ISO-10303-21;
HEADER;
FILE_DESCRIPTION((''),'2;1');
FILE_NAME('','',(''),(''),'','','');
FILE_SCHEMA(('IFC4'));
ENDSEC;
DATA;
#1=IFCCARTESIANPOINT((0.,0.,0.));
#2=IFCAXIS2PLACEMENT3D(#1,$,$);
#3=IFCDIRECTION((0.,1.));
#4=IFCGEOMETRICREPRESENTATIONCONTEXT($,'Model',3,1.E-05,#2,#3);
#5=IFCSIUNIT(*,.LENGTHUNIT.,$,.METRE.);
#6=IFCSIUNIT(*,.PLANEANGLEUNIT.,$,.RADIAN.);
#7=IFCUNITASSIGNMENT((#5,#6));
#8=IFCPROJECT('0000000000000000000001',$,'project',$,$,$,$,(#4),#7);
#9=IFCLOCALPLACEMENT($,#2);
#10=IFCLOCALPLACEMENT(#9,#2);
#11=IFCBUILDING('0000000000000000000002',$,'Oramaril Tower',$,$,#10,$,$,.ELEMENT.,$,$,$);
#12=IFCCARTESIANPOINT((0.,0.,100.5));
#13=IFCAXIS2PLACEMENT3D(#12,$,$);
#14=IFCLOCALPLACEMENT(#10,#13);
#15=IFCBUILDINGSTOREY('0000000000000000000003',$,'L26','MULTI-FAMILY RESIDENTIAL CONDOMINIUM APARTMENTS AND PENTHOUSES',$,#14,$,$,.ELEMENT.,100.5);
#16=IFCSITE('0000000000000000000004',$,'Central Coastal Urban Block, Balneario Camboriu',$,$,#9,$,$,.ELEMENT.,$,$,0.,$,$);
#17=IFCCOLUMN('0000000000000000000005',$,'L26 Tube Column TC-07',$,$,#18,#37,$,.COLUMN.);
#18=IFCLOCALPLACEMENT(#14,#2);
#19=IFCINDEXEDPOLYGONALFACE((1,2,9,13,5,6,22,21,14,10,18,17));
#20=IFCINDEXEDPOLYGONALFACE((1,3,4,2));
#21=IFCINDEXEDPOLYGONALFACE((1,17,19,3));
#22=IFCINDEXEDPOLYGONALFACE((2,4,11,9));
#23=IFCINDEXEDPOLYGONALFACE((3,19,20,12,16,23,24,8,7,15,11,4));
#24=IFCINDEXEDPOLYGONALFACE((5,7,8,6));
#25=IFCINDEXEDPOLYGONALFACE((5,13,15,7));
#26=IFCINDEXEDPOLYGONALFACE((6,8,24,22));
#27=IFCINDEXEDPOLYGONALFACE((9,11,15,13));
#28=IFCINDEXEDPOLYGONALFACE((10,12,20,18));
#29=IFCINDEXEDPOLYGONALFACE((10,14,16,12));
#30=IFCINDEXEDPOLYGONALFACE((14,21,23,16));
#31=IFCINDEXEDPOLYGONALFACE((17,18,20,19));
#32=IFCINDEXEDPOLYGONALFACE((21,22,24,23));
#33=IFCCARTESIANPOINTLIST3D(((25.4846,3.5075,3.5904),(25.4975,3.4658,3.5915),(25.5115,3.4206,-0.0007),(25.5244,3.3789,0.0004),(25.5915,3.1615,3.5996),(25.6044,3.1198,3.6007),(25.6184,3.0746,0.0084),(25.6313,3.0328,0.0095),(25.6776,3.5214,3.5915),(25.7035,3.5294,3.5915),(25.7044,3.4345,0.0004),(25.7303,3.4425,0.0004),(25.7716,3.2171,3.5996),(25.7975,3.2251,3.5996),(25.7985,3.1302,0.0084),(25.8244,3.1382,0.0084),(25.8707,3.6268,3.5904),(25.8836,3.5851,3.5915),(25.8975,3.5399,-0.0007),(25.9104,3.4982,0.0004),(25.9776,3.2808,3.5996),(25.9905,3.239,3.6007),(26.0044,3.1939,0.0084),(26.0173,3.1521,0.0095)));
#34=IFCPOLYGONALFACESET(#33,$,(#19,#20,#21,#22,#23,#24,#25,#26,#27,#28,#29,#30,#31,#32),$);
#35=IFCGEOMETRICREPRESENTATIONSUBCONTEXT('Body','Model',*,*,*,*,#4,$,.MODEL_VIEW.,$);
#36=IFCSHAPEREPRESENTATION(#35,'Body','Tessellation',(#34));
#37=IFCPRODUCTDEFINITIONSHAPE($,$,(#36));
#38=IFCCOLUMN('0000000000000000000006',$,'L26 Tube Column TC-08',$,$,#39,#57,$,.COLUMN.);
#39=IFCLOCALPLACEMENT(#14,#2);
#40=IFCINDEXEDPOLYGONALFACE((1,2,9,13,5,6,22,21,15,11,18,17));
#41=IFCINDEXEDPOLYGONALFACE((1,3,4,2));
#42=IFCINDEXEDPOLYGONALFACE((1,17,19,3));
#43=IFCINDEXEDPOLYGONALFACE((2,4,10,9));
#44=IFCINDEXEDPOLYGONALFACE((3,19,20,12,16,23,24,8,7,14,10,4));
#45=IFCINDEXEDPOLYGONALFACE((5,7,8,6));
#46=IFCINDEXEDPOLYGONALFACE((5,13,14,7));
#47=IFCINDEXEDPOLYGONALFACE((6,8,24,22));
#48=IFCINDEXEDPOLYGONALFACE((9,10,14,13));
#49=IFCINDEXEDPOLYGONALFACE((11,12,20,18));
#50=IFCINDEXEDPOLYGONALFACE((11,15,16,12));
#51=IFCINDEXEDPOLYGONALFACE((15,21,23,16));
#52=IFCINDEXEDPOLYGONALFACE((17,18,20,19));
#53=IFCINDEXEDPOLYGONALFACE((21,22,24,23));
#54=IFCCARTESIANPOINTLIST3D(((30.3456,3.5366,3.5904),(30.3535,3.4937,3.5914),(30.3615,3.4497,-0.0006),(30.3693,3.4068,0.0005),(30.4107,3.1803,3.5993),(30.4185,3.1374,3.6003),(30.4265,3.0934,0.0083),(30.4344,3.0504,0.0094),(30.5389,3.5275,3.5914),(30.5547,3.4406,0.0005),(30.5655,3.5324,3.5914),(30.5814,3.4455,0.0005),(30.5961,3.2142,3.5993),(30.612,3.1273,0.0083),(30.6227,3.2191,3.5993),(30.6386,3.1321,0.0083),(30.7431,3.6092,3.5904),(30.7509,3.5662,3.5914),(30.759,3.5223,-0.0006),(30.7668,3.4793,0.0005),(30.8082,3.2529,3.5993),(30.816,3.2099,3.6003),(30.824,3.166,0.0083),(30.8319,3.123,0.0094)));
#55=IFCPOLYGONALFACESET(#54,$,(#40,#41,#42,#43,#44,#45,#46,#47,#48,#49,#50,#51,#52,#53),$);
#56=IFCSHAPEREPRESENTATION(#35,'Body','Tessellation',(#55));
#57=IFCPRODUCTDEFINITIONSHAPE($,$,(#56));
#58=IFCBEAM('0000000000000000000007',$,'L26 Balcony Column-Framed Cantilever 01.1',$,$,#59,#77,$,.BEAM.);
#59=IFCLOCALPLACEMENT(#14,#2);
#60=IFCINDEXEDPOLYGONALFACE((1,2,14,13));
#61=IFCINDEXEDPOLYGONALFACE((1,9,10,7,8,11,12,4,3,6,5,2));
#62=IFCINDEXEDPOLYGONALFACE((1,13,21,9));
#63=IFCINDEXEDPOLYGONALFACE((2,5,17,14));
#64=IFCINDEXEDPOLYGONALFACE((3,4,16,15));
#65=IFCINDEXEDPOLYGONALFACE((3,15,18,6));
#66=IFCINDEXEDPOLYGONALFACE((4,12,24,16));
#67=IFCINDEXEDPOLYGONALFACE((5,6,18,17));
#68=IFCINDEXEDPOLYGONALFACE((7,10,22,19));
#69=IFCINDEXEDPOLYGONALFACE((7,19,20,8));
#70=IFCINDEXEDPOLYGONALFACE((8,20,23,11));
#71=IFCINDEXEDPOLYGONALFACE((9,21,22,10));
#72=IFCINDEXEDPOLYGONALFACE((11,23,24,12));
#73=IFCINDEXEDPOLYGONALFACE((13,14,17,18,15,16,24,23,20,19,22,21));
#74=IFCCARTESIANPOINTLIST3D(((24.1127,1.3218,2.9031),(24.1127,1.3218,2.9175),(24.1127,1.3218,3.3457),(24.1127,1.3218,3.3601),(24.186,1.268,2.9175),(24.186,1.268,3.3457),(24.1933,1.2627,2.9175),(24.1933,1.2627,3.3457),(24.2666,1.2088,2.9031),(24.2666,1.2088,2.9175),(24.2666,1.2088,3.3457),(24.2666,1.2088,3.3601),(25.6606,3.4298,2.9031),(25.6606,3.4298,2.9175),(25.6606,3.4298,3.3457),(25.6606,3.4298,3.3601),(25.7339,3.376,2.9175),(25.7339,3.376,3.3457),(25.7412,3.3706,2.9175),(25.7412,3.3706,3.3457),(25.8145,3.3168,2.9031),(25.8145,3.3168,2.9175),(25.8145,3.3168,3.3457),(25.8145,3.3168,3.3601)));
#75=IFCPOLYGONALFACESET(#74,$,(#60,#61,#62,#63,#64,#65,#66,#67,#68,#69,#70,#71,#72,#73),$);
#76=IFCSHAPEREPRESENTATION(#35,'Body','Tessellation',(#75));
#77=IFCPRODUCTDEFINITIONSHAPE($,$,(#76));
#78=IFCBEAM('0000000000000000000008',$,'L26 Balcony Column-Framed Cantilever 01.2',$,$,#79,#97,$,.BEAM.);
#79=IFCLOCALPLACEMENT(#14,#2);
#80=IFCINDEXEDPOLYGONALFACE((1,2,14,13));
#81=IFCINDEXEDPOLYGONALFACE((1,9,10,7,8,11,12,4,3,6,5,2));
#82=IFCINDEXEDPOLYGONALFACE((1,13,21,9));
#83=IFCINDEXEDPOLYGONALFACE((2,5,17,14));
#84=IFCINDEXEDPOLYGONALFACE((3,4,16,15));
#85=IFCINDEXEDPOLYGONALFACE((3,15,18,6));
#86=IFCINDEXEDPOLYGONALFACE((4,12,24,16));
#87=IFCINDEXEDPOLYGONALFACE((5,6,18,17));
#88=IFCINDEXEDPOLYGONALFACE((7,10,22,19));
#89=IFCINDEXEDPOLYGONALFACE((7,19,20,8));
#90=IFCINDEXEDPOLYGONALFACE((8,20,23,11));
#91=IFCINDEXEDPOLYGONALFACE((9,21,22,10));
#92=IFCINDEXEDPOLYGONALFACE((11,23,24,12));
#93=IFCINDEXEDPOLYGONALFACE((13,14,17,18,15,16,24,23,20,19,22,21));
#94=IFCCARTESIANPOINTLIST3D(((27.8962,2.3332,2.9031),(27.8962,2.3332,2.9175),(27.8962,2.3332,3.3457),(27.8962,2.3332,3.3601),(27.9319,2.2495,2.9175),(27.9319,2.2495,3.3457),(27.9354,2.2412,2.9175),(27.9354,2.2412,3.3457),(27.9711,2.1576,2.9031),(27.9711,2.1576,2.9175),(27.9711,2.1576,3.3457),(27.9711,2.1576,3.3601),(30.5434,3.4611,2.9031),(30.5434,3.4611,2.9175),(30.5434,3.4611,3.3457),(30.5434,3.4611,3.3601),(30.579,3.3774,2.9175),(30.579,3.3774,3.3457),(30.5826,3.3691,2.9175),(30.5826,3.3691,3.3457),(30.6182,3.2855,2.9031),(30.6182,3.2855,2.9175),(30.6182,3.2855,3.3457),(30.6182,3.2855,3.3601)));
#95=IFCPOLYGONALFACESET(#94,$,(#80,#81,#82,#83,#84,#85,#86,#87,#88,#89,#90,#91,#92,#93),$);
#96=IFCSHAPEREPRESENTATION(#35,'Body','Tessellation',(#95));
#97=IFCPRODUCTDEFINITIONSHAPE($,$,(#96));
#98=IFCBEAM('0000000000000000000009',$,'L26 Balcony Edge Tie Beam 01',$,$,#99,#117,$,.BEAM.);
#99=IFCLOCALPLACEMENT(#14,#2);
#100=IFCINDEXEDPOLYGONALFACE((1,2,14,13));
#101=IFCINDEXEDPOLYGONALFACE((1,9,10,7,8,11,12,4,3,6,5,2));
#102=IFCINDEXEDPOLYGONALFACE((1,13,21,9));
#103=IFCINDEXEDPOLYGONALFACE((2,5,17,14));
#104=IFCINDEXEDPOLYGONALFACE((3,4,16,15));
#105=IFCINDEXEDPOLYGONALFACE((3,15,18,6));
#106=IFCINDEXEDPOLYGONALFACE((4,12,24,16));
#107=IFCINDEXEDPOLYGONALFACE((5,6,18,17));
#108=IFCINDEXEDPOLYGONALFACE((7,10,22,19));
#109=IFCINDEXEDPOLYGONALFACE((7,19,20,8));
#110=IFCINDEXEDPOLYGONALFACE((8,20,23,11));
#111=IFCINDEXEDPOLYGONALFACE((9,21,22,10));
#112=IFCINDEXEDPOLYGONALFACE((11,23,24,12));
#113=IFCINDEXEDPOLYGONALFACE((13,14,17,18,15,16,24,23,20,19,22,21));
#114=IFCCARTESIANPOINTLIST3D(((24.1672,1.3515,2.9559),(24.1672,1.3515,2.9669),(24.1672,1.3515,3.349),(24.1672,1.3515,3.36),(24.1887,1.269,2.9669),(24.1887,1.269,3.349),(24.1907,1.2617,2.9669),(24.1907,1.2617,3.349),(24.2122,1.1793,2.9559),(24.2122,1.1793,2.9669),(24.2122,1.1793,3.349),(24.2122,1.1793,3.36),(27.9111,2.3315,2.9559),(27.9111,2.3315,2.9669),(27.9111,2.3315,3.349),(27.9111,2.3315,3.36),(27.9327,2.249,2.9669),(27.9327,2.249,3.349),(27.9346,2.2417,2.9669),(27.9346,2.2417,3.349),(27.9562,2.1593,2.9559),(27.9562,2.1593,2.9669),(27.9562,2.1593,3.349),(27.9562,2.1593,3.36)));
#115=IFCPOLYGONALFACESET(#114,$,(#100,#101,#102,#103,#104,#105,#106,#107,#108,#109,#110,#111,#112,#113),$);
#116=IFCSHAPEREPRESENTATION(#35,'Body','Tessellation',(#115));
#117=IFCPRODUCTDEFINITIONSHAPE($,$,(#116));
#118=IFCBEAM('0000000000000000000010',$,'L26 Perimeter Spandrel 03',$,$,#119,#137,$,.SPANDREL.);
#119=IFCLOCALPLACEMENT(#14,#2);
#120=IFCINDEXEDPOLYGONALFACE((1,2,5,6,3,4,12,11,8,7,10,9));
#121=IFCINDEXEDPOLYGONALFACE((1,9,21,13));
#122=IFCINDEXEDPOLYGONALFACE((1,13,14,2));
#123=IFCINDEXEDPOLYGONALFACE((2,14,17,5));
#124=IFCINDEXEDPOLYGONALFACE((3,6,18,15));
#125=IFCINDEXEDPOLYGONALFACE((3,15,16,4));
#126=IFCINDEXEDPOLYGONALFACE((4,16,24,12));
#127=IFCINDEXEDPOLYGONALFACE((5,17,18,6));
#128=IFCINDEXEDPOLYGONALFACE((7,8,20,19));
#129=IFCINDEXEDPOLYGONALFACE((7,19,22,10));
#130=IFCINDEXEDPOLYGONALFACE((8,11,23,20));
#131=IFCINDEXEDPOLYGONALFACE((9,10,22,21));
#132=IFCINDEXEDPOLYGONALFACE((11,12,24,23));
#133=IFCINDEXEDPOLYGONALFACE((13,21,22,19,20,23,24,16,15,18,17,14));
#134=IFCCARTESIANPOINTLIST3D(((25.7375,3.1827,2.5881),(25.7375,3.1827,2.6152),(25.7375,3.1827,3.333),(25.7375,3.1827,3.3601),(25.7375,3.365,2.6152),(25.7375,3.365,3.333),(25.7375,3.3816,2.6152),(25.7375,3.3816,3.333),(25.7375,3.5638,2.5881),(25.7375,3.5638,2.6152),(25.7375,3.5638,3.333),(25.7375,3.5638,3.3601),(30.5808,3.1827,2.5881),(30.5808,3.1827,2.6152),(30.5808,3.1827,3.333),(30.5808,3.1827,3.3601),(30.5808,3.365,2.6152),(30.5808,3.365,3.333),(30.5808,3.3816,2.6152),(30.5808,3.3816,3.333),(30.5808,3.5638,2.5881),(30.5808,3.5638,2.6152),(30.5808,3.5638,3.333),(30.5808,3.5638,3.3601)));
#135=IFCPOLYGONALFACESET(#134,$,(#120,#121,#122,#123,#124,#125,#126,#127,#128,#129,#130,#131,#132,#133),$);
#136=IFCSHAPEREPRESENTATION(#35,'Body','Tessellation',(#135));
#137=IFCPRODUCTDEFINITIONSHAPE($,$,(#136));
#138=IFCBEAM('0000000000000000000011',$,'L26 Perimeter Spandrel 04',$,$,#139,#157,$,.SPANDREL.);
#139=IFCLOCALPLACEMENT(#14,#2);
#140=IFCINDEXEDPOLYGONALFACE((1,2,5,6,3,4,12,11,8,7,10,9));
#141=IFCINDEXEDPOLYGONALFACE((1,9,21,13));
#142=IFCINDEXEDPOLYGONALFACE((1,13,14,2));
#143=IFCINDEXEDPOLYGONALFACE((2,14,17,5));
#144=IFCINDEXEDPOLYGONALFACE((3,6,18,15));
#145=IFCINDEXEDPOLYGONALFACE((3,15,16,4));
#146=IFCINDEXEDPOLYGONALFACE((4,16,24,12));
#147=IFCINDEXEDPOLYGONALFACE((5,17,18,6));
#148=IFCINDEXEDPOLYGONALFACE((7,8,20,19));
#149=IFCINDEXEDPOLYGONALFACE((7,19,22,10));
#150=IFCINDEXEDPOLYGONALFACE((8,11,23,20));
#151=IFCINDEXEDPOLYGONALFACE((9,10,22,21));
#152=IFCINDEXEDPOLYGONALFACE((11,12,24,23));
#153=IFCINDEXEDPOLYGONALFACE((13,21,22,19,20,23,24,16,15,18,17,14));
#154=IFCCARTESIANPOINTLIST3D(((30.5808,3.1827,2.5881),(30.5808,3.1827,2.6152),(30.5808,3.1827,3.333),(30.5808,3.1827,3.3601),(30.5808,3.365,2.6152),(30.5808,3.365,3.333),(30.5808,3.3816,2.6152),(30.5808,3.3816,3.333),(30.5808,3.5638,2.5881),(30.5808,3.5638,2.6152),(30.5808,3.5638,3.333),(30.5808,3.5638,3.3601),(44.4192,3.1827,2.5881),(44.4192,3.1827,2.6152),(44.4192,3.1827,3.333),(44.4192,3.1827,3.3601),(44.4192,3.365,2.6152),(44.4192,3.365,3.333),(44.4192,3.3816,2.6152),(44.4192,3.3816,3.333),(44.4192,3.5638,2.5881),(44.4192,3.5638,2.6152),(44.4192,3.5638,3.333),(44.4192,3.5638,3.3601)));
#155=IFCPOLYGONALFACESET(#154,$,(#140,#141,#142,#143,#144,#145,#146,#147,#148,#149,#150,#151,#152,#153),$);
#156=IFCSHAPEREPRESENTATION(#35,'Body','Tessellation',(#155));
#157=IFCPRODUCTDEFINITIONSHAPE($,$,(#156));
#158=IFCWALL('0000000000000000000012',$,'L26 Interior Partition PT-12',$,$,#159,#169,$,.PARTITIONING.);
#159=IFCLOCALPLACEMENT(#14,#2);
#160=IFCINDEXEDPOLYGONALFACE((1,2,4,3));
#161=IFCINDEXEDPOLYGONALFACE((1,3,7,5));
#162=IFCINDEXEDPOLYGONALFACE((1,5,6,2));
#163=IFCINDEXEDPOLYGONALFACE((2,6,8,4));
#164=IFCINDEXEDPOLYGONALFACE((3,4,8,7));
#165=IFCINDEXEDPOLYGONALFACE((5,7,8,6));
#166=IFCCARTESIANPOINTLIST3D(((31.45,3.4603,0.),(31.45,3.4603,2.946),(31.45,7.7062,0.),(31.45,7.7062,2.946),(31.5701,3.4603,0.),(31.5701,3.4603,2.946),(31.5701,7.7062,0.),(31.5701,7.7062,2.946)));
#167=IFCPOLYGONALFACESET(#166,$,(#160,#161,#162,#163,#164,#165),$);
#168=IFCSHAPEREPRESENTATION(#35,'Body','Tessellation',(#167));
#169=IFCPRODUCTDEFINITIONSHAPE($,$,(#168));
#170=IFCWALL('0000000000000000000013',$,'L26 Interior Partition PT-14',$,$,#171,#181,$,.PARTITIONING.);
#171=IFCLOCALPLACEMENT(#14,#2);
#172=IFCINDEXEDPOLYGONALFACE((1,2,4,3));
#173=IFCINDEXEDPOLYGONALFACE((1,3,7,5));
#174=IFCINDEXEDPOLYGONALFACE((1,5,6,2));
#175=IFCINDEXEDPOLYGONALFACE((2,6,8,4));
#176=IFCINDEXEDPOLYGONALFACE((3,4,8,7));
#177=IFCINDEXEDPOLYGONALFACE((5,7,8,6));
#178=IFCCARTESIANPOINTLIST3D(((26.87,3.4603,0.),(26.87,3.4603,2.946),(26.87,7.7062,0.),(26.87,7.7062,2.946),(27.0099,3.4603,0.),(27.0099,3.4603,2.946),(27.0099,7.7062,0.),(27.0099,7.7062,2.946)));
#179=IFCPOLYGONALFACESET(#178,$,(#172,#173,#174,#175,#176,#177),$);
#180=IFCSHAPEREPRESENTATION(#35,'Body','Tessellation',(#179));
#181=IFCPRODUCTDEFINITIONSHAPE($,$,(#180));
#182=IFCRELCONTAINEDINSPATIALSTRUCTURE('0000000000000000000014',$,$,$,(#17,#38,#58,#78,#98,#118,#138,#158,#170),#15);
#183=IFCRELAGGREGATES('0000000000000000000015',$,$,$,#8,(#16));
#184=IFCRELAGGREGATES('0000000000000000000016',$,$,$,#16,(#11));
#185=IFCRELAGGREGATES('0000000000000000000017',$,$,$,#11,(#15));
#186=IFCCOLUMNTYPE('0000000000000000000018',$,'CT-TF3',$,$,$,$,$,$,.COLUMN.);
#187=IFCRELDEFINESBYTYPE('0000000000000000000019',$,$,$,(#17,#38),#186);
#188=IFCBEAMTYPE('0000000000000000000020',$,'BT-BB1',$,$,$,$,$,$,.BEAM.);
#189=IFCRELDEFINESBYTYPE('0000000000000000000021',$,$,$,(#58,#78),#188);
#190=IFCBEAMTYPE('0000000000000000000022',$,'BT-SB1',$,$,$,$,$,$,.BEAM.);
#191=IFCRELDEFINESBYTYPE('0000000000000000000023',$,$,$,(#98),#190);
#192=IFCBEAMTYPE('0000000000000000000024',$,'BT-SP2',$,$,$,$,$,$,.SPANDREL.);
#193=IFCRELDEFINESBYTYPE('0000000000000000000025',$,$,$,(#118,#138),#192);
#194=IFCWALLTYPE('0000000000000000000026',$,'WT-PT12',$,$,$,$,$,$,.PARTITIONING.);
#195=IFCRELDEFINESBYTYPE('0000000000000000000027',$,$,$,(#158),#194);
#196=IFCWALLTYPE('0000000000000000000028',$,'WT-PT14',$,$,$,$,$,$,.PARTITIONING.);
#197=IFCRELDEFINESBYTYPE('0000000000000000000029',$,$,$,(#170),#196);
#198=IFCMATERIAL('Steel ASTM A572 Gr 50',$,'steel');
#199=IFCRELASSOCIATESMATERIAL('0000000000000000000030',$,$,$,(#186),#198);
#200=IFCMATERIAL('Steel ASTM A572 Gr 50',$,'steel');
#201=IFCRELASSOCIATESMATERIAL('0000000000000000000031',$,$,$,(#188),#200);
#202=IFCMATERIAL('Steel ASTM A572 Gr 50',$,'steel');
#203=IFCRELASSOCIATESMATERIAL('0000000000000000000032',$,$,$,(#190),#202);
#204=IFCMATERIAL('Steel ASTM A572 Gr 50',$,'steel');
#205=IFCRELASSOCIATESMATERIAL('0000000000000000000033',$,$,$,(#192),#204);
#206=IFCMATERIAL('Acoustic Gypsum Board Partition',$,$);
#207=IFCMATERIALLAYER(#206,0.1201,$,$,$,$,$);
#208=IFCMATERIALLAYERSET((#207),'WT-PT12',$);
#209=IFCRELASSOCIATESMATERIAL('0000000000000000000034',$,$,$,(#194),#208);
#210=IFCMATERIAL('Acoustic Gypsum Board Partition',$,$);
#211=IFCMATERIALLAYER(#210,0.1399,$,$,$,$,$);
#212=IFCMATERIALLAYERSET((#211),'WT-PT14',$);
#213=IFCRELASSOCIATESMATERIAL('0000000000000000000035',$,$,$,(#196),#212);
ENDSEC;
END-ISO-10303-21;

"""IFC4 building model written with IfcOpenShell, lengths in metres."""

from ifc_helpers import new_model, si_unit, direction, frame, frame_2d, origin, origin_2d, place, context, subcontext, project, spatial, rectangle, i_section, extrude, material, layer, layer_set, material_profile, profile_set, type_object, element, save


model = new_model("IFC4")

# Units and contexts
model_context = context("Model", 3, precision=1e-05, world=origin(), true_north=direction((0.0, 1.0)))
body_context = subcontext(model_context, "Body", "Model", "MODEL_VIEW")
ifc_project = project(units=[si_unit("LENGTHUNIT", "METRE"), si_unit("PLANEANGLEUNIT", "RADIAN")], contexts=[model_context])

# Site, building, storey
site_placement = place(None, origin())
site = spatial("IfcSite", under=ifc_project, at=site_placement, Name="Central Coastal Urban Block, Balneario Camboriu", CompositionType="ELEMENT", RefElevation=0.0)
building_placement = place(site_placement, origin())
building = spatial("IfcBuilding", under=site, at=building_placement, Name="Oramaril Tower", CompositionType="ELEMENT")
storey_placement = place(building_placement, frame((0.0, 0.0, 100.5)))
storey = spatial("IfcBuildingStorey", under=building, at=storey_placement, Name="L26", Description="MULTI-FAMILY RESIDENTIAL CONDOMINIUM APARTMENTS AND PENTHOUSES", CompositionType="ELEMENT", Elevation=100.5)

# Columns
ifc_material_1 = material(Name="Steel ASTM A572 Gr 50", Category="steel")
ifc_material_profile_1 = material_profile(ifc_material_1, i_section(OverallWidth=0.4041, OverallDepth=0.406, WebThickness=0.0271, FlangeThickness=0.0437, at=origin_2d()), Name="W14X233")
ifc_profile_set_1 = profile_set([ifc_material_profile_1], Name="Steel ASTM A572 Gr 50")
column_type = type_object("IfcColumnType", Name="CT-TF3", PredefinedType="COLUMN", material=ifc_profile_set_1)
column_1_placement = place(storey_placement, frame((25.7644, 3.2864, 0.0044), z_axis=(-0.007476, 0.024195, 0.999679), x_axis=(-0.95543, -0.295217, 0.0)))
element("IfcColumn", 1, at=column_1_placement, inside=storey, type_object=column_type, Name="L26 Tube Column TC-07", PredefinedType="COLUMN", context=body_context, shape_type="SweptSolid", body=[
    extrude(i_section(OverallWidth=0.4041, OverallDepth=0.406, WebThickness=0.0271, FlangeThickness=0.0437, at=origin_2d()), origin(), (0.0, 0.0, 1.0), 3.5923),
])
column_2_placement = place(storey_placement, frame((30.5967, 3.2864, 0.0044), z_axis=(-0.004418, 0.024196, 0.999697), x_axis=(-0.983737, -0.179615, 0.0)))
element("IfcColumn", 2, at=column_2_placement, inside=storey, type_object=column_type, Name="L26 Tube Column TC-08", PredefinedType="COLUMN", context=body_context, shape_type="SweptSolid", body=[
    extrude(i_section(OverallWidth=0.4041, OverallDepth=0.406, WebThickness=0.0271, FlangeThickness=0.0437, at=origin_2d()), origin(), (0.0, 0.0, 1.0), 3.592),
])

# Beams
ifc_material_2 = material(Name="Steel ASTM A572 Gr 50", Category="steel")
ifc_material_profile_2 = material_profile(ifc_material_2, i_section(OverallWidth=0.1909, OverallDepth=0.457, WebThickness=0.009, FlangeThickness=0.0144, at=origin_2d()), Name="W18X50")
ifc_profile_set_2 = profile_set([ifc_material_profile_2], Name="Steel ASTM A572 Gr 50")
beam_type_1 = type_object("IfcBeamType", Name="BT-BB1", PredefinedType="BEAM", material=ifc_profile_set_2)
beam_1_placement = place(storey_placement, frame((25.7375, 3.3733, 3.1316), z_axis=(-0.591873, -0.806031, 0.0), x_axis=(0.806031, -0.591873, 0.0)))
element("IfcBeam", 3, at=beam_1_placement, inside=storey, type_object=beam_type_1, Name="L26 Balcony Column-Framed Cantilever 01.1", PredefinedType="BEAM", context=body_context, shape_type="SweptSolid", body=[
    extrude(i_section(OverallWidth=0.1909, OverallDepth=0.457, WebThickness=0.009, FlangeThickness=0.0144, at=origin_2d()), origin(), (0.0, 0.0, 1.0), 2.6152),
])
beam_2_placement = place(storey_placement, frame((30.5808, 3.3733, 3.1316), z_axis=(-0.919972, -0.391983, 0.0), x_axis=(0.391983, -0.919972, 0.0)))
element("IfcBeam", 4, at=beam_2_placement, inside=storey, type_object=beam_type_1, Name="L26 Balcony Column-Framed Cantilever 01.2", PredefinedType="BEAM", context=body_context, shape_type="SweptSolid", body=[
    extrude(i_section(OverallWidth=0.1909, OverallDepth=0.457, WebThickness=0.009, FlangeThickness=0.0144, at=origin_2d()), origin(), (0.0, 0.0, 1.0), 2.8774),
])
ifc_material_3 = material(Name="Steel ASTM A572 Gr 50", Category="steel")
ifc_material_profile_3 = material_profile(ifc_material_3, i_section(OverallWidth=0.178, OverallDepth=0.4041, WebThickness=0.0076, FlangeThickness=0.011, at=origin_2d()), Name="W16X36")
ifc_profile_set_3 = profile_set([ifc_material_profile_3], Name="Steel ASTM A572 Gr 50")
beam_type_2 = type_object("IfcBeamType", Name="BT-SB1", PredefinedType="BEAM", material=ifc_profile_set_3)
beam_3_placement = place(storey_placement, frame((24.1897, 1.2654, 3.158), z_axis=(0.967408, 0.253223, 0.0), x_axis=(-0.253223, 0.967408, 0.0)))
element("IfcBeam", 5, at=beam_3_placement, inside=storey, type_object=beam_type_2, Name="L26 Balcony Edge Tie Beam 01", PredefinedType="BEAM", context=body_context, shape_type="SweptSolid", body=[
    extrude(i_section(OverallWidth=0.178, OverallDepth=0.4041, WebThickness=0.0076, FlangeThickness=0.011, at=origin_2d()), origin(), (0.0, 0.0, 1.0), 3.8701),
])
ifc_material_4 = material(Name="Steel ASTM A572 Gr 50", Category="steel")
ifc_material_profile_4 = material_profile(ifc_material_4, i_section(OverallWidth=0.3811, OverallDepth=0.772, WebThickness=0.0166, FlangeThickness=0.0271, at=origin_2d()), Name="W30X173")
ifc_profile_set_4 = profile_set([ifc_material_profile_4], Name="Steel ASTM A572 Gr 50")
beam_type_3 = type_object("IfcBeamType", Name="BT-SP2", PredefinedType="SPANDREL", material=ifc_profile_set_4)
beam_4_placement = place(storey_placement, frame((25.7375, 3.3733, 2.9741), z_axis=(1.0, 0.0, 0.0), x_axis=(0.0, 1.0, 0.0)))
element("IfcBeam", 6, at=beam_4_placement, inside=storey, type_object=beam_type_3, Name="L26 Perimeter Spandrel 03", PredefinedType="SPANDREL", context=body_context, shape_type="SweptSolid", body=[
    extrude(i_section(OverallWidth=0.3811, OverallDepth=0.772, WebThickness=0.0166, FlangeThickness=0.0271, at=origin_2d()), origin(), (0.0, 0.0, 1.0), 4.8433),
])
beam_5_placement = place(storey_placement, frame((30.5808, 3.3733, 2.9741), z_axis=(1.0, 0.0, 0.0), x_axis=(0.0, 1.0, 0.0)))
element("IfcBeam", 7, at=beam_5_placement, inside=storey, type_object=beam_type_3, Name="L26 Perimeter Spandrel 04", PredefinedType="SPANDREL", context=body_context, shape_type="SweptSolid", body=[
    extrude(i_section(OverallWidth=0.3811, OverallDepth=0.772, WebThickness=0.0166, FlangeThickness=0.0271, at=origin_2d()), origin(), (0.0, 0.0, 1.0), 13.8384),
])

# Walls
ifc_material_5 = material(Name="Acoustic Gypsum Board Partition")
ifc_layer_1 = layer(ifc_material_5, 0.1201)
ifc_layer_set_1 = layer_set([ifc_layer_1], Name="WT-PT12")
wall_type_1 = type_object("IfcWallType", Name="WT-PT12", PredefinedType="PARTITIONING", material=ifc_layer_set_1)
wall_1_placement = place(storey_placement, frame((31.51, 3.4602, 0.0), z_axis=(0.0, 0.0, 1.0), x_axis=(0.0, 1.0, 0.0)))
element("IfcWall", 8, at=wall_1_placement, inside=storey, type_object=wall_type_1, Name="L26 Interior Partition PT-12", PredefinedType="PARTITIONING", context=body_context, shape_type="SweptSolid", body=[
    extrude(rectangle(XDim=4.2458, YDim=0.1201, at=frame_2d((2.123, 0.0))), origin(), (0.0, 0.0, 1.0), 2.946),
])
ifc_material_6 = material(Name="Acoustic Gypsum Board Partition")
ifc_layer_2 = layer(ifc_material_6, 0.1399)
ifc_layer_set_2 = layer_set([ifc_layer_2], Name="WT-PT14")
wall_type_2 = type_object("IfcWallType", Name="WT-PT14", PredefinedType="PARTITIONING", material=ifc_layer_set_2)
wall_2_placement = place(storey_placement, frame((26.9399, 3.4602, 0.0), z_axis=(0.0, 0.0, 1.0), x_axis=(0.0, 1.0, 0.0)))
element("IfcWall", 9, at=wall_2_placement, inside=storey, type_object=wall_type_2, Name="L26 Interior Partition PT-14", PredefinedType="PARTITIONING", context=body_context, shape_type="SweptSolid", body=[
    extrude(rectangle(XDim=4.2458, YDim=0.1399, at=frame_2d((2.123, 0.0))), origin(), (0.0, 0.0, 1.0), 2.946),
])

save(model, "model.ifc")
